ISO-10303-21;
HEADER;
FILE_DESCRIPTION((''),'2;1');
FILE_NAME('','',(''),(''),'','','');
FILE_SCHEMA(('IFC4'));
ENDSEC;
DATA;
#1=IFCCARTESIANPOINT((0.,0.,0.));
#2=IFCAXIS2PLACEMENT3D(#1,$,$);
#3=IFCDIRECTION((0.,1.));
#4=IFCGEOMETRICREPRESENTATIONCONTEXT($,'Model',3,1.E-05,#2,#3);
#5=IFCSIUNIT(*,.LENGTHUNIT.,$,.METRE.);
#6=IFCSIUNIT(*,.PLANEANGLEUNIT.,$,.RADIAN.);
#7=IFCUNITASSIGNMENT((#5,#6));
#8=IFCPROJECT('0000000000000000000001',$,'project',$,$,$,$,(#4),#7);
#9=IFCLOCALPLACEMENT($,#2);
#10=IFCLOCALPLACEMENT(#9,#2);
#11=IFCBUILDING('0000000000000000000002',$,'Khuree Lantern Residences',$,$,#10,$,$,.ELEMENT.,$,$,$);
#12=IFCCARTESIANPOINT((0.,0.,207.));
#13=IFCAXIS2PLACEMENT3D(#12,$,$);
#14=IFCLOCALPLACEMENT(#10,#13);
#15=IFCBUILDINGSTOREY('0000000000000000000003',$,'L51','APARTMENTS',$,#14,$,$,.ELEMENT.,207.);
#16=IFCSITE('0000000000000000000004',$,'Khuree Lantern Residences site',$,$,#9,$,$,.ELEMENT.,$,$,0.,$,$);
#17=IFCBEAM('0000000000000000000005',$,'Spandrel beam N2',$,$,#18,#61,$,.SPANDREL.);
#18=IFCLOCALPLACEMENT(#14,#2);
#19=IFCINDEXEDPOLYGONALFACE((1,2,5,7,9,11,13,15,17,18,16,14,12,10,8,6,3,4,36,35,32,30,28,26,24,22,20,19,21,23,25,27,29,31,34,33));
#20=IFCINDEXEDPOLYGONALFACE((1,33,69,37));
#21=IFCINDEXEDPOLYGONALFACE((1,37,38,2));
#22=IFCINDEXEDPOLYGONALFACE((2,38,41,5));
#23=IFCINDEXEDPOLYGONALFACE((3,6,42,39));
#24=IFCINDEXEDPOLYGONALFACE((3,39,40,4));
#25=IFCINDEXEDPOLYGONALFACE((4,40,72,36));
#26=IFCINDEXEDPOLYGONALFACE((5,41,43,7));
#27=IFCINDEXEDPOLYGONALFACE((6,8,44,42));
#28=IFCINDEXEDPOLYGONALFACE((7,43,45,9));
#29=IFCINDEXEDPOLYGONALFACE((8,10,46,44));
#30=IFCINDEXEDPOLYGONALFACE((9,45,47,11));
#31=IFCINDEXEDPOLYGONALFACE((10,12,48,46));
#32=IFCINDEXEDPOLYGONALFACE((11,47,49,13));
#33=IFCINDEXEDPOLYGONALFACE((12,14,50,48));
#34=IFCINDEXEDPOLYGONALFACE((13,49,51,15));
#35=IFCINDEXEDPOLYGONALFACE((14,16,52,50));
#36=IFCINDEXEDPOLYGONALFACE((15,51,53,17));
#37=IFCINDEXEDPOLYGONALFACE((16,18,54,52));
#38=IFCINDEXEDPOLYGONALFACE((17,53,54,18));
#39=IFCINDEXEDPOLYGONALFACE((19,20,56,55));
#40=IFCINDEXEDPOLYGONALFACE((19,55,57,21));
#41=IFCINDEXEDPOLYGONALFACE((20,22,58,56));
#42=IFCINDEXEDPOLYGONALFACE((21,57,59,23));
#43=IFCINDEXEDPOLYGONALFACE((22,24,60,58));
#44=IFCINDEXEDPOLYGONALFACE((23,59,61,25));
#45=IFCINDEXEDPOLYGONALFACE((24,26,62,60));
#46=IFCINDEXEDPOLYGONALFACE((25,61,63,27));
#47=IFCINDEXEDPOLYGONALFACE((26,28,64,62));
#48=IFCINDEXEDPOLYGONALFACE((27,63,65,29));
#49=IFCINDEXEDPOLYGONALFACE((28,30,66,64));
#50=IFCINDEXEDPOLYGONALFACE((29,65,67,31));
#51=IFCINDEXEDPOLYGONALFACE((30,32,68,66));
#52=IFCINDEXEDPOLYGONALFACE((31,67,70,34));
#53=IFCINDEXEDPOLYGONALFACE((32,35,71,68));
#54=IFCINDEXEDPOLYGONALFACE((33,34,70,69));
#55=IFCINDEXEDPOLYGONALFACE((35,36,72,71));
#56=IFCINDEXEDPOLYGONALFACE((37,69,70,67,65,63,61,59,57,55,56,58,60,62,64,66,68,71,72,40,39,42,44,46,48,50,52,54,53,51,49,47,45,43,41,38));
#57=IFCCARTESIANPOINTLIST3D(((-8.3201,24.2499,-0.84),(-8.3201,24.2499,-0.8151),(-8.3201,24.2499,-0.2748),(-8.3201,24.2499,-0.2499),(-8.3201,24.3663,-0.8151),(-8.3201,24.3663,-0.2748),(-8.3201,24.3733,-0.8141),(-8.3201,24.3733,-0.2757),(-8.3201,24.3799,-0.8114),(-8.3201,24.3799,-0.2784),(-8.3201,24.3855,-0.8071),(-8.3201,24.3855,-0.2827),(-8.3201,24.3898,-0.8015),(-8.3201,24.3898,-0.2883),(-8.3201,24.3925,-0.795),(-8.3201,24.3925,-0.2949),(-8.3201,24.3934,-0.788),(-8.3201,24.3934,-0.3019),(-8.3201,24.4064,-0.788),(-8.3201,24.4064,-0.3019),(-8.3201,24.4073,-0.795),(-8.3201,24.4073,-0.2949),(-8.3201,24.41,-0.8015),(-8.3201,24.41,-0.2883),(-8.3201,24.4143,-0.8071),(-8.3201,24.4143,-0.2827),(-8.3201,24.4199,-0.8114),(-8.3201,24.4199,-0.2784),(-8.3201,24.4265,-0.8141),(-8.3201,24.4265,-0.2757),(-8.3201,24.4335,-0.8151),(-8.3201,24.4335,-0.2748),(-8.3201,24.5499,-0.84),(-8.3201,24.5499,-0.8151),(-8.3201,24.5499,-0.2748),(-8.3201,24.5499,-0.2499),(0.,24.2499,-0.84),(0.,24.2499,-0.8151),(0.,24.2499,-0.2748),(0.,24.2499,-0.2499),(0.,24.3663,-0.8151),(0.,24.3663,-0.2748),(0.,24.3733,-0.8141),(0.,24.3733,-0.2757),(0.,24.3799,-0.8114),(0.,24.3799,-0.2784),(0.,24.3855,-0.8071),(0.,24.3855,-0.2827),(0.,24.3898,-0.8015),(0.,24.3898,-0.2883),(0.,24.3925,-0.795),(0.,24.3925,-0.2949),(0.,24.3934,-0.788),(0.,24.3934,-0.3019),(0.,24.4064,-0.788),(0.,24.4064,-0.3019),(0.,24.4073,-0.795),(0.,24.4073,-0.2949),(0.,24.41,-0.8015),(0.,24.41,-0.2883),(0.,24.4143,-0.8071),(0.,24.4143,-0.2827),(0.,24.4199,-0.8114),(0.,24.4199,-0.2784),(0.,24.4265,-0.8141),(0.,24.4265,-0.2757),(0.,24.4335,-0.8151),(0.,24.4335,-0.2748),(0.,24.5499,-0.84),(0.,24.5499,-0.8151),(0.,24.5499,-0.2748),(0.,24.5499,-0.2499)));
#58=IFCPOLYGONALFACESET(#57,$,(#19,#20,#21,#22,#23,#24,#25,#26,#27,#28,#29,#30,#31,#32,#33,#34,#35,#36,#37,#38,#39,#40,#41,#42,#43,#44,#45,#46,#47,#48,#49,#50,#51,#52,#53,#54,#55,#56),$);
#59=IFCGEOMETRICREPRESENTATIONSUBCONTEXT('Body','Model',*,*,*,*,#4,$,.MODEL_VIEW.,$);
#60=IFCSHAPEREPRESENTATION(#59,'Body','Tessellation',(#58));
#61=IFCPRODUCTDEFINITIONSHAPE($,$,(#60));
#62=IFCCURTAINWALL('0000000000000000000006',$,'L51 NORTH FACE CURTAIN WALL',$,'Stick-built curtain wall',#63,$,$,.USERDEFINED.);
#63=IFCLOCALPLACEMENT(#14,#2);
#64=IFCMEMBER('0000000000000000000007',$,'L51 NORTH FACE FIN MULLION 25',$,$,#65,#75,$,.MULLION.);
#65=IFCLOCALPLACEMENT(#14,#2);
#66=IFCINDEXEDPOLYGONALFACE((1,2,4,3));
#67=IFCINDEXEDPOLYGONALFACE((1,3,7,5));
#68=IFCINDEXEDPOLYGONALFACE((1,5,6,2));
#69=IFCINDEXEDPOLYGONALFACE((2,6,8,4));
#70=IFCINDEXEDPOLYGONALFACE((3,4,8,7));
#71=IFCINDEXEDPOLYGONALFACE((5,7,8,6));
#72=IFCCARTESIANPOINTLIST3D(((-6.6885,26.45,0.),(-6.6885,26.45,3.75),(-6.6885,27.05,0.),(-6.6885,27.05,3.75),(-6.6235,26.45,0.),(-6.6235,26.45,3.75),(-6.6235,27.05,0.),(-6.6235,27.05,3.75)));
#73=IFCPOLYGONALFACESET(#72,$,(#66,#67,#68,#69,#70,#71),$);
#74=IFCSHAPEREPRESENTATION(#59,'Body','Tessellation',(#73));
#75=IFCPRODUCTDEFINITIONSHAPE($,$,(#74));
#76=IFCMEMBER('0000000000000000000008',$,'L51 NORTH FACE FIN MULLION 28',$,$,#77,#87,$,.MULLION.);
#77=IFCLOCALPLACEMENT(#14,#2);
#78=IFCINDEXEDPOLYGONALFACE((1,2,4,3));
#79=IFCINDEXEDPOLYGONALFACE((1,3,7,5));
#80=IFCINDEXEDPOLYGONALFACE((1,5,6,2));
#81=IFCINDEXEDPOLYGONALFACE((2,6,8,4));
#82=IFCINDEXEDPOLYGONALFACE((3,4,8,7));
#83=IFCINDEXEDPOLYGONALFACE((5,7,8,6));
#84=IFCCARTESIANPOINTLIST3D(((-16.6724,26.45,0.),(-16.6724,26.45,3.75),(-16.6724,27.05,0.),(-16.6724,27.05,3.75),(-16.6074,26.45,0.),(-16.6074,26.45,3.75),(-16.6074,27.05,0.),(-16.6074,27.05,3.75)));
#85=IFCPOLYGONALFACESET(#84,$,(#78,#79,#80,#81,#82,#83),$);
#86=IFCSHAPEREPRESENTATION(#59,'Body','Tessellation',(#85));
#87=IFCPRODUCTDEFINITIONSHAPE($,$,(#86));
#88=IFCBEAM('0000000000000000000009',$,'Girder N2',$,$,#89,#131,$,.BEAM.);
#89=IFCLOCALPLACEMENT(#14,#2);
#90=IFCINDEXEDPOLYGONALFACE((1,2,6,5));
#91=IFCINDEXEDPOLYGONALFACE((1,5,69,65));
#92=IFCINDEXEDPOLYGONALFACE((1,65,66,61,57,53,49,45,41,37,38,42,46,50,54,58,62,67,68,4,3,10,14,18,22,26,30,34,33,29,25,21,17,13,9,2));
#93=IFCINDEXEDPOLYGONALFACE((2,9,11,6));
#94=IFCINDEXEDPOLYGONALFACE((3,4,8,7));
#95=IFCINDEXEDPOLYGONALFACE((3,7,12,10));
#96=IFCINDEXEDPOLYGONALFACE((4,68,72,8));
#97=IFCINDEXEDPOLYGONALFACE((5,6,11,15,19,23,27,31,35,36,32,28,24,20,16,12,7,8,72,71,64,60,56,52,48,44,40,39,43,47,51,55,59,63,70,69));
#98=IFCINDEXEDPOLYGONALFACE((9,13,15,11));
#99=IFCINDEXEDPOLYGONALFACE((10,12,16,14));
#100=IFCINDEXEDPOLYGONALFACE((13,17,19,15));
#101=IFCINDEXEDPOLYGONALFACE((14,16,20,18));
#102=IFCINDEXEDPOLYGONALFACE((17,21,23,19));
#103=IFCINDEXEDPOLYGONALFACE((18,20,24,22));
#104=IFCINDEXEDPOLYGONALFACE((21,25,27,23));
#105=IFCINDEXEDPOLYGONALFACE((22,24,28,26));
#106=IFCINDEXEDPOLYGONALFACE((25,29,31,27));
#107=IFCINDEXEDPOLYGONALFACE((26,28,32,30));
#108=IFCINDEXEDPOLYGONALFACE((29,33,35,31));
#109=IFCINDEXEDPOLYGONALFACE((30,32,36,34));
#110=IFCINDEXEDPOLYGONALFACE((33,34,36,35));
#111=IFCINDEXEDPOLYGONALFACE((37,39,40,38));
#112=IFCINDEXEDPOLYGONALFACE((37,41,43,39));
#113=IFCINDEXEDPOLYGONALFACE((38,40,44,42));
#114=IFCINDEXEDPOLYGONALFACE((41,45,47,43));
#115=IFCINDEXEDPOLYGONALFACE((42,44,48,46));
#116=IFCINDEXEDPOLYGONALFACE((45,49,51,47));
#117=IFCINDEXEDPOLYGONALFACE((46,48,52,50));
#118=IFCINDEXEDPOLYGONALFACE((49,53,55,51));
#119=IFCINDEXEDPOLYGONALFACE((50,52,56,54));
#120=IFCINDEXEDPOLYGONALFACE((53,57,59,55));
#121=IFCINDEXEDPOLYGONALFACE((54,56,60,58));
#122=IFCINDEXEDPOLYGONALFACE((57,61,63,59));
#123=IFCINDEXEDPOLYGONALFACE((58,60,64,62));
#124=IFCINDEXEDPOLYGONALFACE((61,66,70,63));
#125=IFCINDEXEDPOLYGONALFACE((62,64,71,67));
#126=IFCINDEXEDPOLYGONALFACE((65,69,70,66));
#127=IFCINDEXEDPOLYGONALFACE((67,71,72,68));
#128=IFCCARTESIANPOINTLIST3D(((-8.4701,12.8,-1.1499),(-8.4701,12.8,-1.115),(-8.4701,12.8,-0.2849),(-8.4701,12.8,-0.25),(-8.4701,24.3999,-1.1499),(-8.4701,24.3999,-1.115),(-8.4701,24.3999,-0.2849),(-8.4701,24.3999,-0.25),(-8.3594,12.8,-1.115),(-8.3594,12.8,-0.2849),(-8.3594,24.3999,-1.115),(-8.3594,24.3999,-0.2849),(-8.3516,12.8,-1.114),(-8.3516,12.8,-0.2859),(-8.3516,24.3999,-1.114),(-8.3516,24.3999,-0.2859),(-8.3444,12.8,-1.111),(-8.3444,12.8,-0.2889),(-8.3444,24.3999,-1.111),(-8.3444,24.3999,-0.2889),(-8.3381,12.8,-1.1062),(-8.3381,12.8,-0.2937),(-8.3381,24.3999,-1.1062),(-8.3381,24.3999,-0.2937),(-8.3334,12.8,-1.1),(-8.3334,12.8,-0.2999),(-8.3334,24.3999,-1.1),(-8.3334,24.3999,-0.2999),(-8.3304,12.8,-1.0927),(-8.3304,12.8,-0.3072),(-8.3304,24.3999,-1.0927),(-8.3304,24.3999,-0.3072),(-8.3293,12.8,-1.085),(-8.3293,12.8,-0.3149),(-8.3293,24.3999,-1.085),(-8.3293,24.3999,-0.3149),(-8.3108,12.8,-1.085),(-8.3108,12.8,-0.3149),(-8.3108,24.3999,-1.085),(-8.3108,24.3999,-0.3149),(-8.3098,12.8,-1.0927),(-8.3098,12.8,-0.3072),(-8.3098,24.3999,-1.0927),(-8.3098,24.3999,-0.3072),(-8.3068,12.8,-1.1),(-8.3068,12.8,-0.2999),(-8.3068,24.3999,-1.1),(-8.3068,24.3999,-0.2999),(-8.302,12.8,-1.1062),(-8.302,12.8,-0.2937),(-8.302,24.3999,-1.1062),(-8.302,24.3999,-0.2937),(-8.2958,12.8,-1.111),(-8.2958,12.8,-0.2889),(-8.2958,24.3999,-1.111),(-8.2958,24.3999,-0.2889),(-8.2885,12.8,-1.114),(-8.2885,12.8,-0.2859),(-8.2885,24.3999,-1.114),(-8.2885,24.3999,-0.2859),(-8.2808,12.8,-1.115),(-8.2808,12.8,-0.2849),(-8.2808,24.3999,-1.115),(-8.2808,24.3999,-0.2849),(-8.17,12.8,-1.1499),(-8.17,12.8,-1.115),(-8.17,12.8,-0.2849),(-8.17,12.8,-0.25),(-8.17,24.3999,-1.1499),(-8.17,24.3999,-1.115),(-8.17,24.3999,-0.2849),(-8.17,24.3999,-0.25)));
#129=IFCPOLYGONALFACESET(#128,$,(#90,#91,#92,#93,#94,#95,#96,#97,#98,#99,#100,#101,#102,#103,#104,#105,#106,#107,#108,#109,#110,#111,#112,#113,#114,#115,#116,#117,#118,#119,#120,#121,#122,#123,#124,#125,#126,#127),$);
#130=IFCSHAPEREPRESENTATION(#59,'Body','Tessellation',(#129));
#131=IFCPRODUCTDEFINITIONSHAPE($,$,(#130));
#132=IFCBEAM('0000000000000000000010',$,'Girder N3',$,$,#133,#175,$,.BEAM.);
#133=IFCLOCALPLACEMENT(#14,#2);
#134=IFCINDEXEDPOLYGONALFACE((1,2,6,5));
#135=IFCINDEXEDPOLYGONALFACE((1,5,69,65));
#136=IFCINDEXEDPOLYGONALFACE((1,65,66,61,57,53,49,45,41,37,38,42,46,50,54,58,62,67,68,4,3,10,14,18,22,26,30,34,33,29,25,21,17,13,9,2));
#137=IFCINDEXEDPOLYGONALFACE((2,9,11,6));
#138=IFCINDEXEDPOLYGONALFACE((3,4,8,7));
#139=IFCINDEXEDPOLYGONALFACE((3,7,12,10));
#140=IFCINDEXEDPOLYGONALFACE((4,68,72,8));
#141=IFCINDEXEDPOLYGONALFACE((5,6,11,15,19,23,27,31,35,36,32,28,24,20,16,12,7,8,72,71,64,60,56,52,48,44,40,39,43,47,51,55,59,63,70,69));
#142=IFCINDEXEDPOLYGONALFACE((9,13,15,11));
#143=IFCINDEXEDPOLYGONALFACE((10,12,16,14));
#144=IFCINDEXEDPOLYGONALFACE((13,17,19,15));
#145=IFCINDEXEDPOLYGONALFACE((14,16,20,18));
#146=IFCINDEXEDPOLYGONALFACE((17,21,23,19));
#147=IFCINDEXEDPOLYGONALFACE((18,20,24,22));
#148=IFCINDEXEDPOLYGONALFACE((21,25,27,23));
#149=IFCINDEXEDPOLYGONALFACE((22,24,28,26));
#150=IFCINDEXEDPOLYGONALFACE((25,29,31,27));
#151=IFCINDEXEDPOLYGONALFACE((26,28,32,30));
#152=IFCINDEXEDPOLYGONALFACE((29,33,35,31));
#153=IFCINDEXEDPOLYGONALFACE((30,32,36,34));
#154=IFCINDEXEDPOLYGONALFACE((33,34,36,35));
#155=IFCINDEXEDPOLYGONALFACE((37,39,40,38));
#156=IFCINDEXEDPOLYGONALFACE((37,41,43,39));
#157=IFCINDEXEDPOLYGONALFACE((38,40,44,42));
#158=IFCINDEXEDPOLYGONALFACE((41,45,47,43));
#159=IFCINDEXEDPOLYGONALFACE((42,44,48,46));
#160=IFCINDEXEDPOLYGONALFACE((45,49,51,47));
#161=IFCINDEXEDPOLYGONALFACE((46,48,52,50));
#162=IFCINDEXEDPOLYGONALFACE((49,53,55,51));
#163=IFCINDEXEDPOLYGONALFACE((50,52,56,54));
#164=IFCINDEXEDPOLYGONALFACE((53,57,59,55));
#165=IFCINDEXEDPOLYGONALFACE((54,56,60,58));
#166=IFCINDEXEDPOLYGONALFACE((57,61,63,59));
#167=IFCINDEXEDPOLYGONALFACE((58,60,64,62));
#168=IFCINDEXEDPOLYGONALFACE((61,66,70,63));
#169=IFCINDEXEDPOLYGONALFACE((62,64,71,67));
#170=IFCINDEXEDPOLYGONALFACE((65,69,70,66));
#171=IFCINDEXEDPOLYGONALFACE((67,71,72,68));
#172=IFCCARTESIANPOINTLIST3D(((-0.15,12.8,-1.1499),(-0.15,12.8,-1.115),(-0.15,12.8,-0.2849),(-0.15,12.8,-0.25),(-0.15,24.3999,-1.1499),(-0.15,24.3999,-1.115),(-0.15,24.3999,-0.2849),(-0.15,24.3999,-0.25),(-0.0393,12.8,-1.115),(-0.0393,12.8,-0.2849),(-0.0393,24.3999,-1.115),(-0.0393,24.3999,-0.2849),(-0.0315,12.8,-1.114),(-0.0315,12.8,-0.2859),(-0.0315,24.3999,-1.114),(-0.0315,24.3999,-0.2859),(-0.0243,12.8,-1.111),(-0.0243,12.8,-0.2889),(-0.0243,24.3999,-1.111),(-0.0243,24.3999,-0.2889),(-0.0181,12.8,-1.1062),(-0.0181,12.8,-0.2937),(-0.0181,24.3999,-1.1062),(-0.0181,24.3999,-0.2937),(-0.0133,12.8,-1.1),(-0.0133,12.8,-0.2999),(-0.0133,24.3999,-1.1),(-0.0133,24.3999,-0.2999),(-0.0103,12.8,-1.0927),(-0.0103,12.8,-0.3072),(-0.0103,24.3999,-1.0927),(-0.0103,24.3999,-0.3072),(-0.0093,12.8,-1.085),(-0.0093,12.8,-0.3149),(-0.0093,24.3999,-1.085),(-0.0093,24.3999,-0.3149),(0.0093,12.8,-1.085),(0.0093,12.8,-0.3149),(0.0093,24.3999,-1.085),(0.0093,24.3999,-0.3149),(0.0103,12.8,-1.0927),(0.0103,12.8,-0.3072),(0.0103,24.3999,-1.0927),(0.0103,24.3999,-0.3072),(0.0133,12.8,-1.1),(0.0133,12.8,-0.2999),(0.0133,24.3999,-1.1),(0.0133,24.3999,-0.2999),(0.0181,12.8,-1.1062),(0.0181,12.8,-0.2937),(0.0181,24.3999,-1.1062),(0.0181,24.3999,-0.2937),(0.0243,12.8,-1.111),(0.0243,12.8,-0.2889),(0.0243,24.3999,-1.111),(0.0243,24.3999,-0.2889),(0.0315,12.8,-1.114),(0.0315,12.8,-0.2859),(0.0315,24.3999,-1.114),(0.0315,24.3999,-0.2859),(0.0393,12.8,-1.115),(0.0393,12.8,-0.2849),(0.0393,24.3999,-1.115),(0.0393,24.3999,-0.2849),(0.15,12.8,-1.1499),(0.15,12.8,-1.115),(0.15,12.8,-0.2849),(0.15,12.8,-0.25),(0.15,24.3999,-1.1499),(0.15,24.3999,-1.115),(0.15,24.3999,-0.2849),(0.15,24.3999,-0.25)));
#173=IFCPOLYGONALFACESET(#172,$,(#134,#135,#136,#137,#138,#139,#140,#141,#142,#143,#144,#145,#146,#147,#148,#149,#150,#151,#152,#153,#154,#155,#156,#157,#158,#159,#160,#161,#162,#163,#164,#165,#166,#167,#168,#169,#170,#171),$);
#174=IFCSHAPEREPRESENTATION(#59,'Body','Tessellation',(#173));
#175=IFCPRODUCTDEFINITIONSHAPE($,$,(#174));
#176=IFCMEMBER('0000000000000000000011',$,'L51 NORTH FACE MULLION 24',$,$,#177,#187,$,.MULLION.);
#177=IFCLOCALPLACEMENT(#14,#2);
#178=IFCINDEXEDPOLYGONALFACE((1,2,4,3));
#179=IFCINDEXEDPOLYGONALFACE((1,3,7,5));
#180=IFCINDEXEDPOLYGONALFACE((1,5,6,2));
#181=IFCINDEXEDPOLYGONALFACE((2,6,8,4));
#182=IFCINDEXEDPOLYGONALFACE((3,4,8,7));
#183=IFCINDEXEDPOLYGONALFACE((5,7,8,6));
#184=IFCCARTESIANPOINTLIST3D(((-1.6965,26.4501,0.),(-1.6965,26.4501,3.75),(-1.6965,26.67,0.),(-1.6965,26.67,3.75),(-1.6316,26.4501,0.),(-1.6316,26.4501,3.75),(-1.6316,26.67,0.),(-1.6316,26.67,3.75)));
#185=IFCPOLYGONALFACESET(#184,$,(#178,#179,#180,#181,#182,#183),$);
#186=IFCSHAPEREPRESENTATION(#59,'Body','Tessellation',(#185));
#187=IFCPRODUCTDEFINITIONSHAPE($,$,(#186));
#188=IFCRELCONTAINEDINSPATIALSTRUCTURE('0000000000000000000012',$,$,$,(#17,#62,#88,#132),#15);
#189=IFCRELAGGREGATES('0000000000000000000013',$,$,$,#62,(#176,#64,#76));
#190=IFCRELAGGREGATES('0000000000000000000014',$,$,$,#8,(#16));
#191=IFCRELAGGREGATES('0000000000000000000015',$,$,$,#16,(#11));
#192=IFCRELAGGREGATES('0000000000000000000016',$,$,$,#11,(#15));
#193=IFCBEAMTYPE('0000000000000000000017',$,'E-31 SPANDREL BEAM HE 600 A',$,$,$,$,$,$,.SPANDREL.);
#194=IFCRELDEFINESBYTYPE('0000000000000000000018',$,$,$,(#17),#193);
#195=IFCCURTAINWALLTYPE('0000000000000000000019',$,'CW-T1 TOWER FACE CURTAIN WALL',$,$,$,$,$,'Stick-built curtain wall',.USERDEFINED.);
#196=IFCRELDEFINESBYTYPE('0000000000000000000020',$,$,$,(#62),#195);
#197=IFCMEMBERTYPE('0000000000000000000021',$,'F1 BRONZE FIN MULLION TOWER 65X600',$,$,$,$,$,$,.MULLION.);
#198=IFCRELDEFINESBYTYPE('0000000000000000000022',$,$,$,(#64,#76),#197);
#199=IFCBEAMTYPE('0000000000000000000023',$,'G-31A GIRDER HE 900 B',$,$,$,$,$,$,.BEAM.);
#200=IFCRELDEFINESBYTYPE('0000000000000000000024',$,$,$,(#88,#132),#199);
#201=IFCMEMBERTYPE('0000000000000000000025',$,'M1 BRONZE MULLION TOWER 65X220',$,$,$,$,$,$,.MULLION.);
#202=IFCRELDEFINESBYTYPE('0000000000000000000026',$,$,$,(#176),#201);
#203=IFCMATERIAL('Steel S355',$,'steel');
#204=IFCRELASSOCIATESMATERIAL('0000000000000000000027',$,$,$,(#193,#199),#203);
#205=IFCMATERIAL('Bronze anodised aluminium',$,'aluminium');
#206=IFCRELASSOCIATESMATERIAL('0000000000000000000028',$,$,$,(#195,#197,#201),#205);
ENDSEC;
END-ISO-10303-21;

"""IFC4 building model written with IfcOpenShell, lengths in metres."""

from ifc_helpers import new_model, si_unit, direction, frame, origin, origin_2d, place, context, subcontext, project, spatial, rectangle, i_section, extrude, material, material_profile, profile_set, type_object, element, aggregate, save


model = new_model("IFC4")

# Units and contexts
model_context = context("Model", 3, precision=1e-05, world=origin(), true_north=direction((0.0, 1.0)))
body_context = subcontext(model_context, "Body", "Model", "MODEL_VIEW")
ifc_project = project(units=[si_unit("LENGTHUNIT", "METRE"), si_unit("PLANEANGLEUNIT", "RADIAN")], contexts=[model_context])

# Site, building, storey
site_placement = place(None, origin())
site = spatial("IfcSite", under=ifc_project, at=site_placement, Name="Khuree Lantern Residences site", CompositionType="ELEMENT", RefElevation=0.0)
building_placement = place(site_placement, origin())
building = spatial("IfcBuilding", under=site, at=building_placement, Name="Khuree Lantern Residences", CompositionType="ELEMENT")
storey_placement = place(building_placement, frame((0.0, 0.0, 207.0)))
storey = spatial("IfcBuildingStorey", under=building, at=storey_placement, Name="L51", Description="APARTMENTS", CompositionType="ELEMENT", Elevation=207.0)

# Beam
ifc_material_1 = material(Name="Steel S355", Category="steel")
ifc_material_profile_1 = material_profile(ifc_material_1, i_section(OverallWidth=0.3, OverallDepth=0.5901, WebThickness=0.0129, FlangeThickness=0.0249, FilletRadius=0.0271, at=origin_2d()), Name="HE 600 A")
ifc_profile_set_1 = profile_set([ifc_material_profile_1], Name="Steel S355")
beam_type_1 = type_object("IfcBeamType", Name="E-31 SPANDREL BEAM HE 600 A", PredefinedType="SPANDREL", material=ifc_profile_set_1)
beam_1_placement = place(storey_placement, frame((-8.3201, 24.3999, -0.5449), z_axis=(1.0, 0.0, 0.0), x_axis=(0.0, 1.0, 0.0)))
element("IfcBeam", 1, at=beam_1_placement, inside=storey, type_object=beam_type_1, Name="Spandrel beam N2", PredefinedType="SPANDREL", context=body_context, shape_type="SweptSolid", body=[
    extrude(i_section(OverallWidth=0.3, OverallDepth=0.5901, WebThickness=0.0129, FlangeThickness=0.0249, FilletRadius=0.0271, at=origin_2d()), origin(), (0.0, 0.0, 1.0), 8.3201),
])

# Curtain wall, members
ifc_material_2 = material(Name="Bronze anodised aluminium", Category="aluminium")
curtain_wall_type = type_object("IfcCurtainWallType", Name="CW-T1 TOWER FACE CURTAIN WALL", ElementType="Stick-built curtain wall", PredefinedType="USERDEFINED", material=ifc_material_2)
curtain_wall_placement = place(storey_placement, origin())
curtain_wall = element("IfcCurtainWall", 2, at=curtain_wall_placement, inside=storey, type_object=curtain_wall_type, Name="L51 NORTH FACE CURTAIN WALL", ObjectType="Stick-built curtain wall", PredefinedType="USERDEFINED")
ifc_material_profile_2 = material_profile(ifc_material_2, rectangle(XDim=0.0649, YDim=0.6001, at=origin_2d()), Name="F1 65X600")
ifc_profile_set_2 = profile_set([ifc_material_profile_2], Name="Bronze anodised aluminium")
member_type_1 = type_object("IfcMemberType", Name="F1 BRONZE FIN MULLION TOWER 65X600", PredefinedType="MULLION", material=ifc_profile_set_2)
member_1_placement = place(storey_placement, frame((-6.656, 26.75, 0.0), z_axis=(0.0, 0.0, 1.0), x_axis=(-1.0, 0.0, 0.0)))
member_1 = element("IfcMember", 3, at=member_1_placement, type_object=member_type_1, Name="L51 NORTH FACE FIN MULLION 25", PredefinedType="MULLION", context=body_context, shape_type="SweptSolid", body=[
    extrude(rectangle(XDim=0.0649, YDim=0.6001, at=origin_2d()), origin(), (0.0, 0.0, 1.0), 3.75),
])
member_2_placement = place(storey_placement, frame((-16.6399, 26.75, 0.0), z_axis=(0.0, 0.0, 1.0), x_axis=(-1.0, 0.0, 0.0)))
member_2 = element("IfcMember", 4, at=member_2_placement, type_object=member_type_1, Name="L51 NORTH FACE FIN MULLION 28", PredefinedType="MULLION", context=body_context, shape_type="SweptSolid", body=[
    extrude(rectangle(XDim=0.0649, YDim=0.6001, at=origin_2d()), origin(), (0.0, 0.0, 1.0), 3.75),
])

# Beams
ifc_material_profile_3 = material_profile(ifc_material_1, i_section(OverallWidth=0.3, OverallDepth=0.8999, WebThickness=0.0186, FlangeThickness=0.0349, FilletRadius=0.03, at=origin_2d()), Name="HE 900 B")
ifc_profile_set_3 = profile_set([ifc_material_profile_3], Name="Steel S355")
beam_type_2 = type_object("IfcBeamType", Name="G-31A GIRDER HE 900 B", PredefinedType="BEAM", material=ifc_profile_set_3)
for number, where, z_axis, x_axis, name in (
    (5, (-8.3201, 24.3999, -0.7), (0.0, -1.0, 0.0), (1.0, 0.0, 0.0), "Girder N2"),
    (6, (0.0, 24.3999, -0.7), (0.0, -1.0, 0.0), (1.0, 0.0, 0.0), "Girder N3"),
):
    element("IfcBeam", number, at=place(storey_placement, frame(where, z_axis=z_axis, x_axis=x_axis)), inside=storey, type_object=beam_type_2, Name=name, PredefinedType="BEAM", context=body_context, shape_type="SweptSolid", body=[
        extrude(i_section(OverallWidth=0.3, OverallDepth=0.8999, WebThickness=0.0186, FlangeThickness=0.0349, FilletRadius=0.03, at=origin_2d()), origin(), (0.0, 0.0, 1.0), 11.5999),
    ])

# Member
ifc_material_profile_4 = material_profile(ifc_material_2, rectangle(XDim=0.0649, YDim=0.22, at=origin_2d()), Name="M1 65X220")
ifc_profile_set_4 = profile_set([ifc_material_profile_4], Name="Bronze anodised aluminium")
member_type_2 = type_object("IfcMemberType", Name="M1 BRONZE MULLION TOWER 65X220", PredefinedType="MULLION", material=ifc_profile_set_4)
member_3_placement = place(storey_placement, frame((-1.6641, 26.5601, 0.0), z_axis=(0.0, 0.0, 1.0), x_axis=(-1.0, 0.0, 0.0)))
member_3 = element("IfcMember", 7, at=member_3_placement, type_object=member_type_2, Name="L51 NORTH FACE MULLION 24", PredefinedType="MULLION", context=body_context, shape_type="SweptSolid", body=[
    extrude(rectangle(XDim=0.0649, YDim=0.22, at=origin_2d()), origin(), (0.0, 0.0, 1.0), 3.75),
])

aggregate(curtain_wall, [member_3, member_1, member_2])

save(model, "model.ifc")
